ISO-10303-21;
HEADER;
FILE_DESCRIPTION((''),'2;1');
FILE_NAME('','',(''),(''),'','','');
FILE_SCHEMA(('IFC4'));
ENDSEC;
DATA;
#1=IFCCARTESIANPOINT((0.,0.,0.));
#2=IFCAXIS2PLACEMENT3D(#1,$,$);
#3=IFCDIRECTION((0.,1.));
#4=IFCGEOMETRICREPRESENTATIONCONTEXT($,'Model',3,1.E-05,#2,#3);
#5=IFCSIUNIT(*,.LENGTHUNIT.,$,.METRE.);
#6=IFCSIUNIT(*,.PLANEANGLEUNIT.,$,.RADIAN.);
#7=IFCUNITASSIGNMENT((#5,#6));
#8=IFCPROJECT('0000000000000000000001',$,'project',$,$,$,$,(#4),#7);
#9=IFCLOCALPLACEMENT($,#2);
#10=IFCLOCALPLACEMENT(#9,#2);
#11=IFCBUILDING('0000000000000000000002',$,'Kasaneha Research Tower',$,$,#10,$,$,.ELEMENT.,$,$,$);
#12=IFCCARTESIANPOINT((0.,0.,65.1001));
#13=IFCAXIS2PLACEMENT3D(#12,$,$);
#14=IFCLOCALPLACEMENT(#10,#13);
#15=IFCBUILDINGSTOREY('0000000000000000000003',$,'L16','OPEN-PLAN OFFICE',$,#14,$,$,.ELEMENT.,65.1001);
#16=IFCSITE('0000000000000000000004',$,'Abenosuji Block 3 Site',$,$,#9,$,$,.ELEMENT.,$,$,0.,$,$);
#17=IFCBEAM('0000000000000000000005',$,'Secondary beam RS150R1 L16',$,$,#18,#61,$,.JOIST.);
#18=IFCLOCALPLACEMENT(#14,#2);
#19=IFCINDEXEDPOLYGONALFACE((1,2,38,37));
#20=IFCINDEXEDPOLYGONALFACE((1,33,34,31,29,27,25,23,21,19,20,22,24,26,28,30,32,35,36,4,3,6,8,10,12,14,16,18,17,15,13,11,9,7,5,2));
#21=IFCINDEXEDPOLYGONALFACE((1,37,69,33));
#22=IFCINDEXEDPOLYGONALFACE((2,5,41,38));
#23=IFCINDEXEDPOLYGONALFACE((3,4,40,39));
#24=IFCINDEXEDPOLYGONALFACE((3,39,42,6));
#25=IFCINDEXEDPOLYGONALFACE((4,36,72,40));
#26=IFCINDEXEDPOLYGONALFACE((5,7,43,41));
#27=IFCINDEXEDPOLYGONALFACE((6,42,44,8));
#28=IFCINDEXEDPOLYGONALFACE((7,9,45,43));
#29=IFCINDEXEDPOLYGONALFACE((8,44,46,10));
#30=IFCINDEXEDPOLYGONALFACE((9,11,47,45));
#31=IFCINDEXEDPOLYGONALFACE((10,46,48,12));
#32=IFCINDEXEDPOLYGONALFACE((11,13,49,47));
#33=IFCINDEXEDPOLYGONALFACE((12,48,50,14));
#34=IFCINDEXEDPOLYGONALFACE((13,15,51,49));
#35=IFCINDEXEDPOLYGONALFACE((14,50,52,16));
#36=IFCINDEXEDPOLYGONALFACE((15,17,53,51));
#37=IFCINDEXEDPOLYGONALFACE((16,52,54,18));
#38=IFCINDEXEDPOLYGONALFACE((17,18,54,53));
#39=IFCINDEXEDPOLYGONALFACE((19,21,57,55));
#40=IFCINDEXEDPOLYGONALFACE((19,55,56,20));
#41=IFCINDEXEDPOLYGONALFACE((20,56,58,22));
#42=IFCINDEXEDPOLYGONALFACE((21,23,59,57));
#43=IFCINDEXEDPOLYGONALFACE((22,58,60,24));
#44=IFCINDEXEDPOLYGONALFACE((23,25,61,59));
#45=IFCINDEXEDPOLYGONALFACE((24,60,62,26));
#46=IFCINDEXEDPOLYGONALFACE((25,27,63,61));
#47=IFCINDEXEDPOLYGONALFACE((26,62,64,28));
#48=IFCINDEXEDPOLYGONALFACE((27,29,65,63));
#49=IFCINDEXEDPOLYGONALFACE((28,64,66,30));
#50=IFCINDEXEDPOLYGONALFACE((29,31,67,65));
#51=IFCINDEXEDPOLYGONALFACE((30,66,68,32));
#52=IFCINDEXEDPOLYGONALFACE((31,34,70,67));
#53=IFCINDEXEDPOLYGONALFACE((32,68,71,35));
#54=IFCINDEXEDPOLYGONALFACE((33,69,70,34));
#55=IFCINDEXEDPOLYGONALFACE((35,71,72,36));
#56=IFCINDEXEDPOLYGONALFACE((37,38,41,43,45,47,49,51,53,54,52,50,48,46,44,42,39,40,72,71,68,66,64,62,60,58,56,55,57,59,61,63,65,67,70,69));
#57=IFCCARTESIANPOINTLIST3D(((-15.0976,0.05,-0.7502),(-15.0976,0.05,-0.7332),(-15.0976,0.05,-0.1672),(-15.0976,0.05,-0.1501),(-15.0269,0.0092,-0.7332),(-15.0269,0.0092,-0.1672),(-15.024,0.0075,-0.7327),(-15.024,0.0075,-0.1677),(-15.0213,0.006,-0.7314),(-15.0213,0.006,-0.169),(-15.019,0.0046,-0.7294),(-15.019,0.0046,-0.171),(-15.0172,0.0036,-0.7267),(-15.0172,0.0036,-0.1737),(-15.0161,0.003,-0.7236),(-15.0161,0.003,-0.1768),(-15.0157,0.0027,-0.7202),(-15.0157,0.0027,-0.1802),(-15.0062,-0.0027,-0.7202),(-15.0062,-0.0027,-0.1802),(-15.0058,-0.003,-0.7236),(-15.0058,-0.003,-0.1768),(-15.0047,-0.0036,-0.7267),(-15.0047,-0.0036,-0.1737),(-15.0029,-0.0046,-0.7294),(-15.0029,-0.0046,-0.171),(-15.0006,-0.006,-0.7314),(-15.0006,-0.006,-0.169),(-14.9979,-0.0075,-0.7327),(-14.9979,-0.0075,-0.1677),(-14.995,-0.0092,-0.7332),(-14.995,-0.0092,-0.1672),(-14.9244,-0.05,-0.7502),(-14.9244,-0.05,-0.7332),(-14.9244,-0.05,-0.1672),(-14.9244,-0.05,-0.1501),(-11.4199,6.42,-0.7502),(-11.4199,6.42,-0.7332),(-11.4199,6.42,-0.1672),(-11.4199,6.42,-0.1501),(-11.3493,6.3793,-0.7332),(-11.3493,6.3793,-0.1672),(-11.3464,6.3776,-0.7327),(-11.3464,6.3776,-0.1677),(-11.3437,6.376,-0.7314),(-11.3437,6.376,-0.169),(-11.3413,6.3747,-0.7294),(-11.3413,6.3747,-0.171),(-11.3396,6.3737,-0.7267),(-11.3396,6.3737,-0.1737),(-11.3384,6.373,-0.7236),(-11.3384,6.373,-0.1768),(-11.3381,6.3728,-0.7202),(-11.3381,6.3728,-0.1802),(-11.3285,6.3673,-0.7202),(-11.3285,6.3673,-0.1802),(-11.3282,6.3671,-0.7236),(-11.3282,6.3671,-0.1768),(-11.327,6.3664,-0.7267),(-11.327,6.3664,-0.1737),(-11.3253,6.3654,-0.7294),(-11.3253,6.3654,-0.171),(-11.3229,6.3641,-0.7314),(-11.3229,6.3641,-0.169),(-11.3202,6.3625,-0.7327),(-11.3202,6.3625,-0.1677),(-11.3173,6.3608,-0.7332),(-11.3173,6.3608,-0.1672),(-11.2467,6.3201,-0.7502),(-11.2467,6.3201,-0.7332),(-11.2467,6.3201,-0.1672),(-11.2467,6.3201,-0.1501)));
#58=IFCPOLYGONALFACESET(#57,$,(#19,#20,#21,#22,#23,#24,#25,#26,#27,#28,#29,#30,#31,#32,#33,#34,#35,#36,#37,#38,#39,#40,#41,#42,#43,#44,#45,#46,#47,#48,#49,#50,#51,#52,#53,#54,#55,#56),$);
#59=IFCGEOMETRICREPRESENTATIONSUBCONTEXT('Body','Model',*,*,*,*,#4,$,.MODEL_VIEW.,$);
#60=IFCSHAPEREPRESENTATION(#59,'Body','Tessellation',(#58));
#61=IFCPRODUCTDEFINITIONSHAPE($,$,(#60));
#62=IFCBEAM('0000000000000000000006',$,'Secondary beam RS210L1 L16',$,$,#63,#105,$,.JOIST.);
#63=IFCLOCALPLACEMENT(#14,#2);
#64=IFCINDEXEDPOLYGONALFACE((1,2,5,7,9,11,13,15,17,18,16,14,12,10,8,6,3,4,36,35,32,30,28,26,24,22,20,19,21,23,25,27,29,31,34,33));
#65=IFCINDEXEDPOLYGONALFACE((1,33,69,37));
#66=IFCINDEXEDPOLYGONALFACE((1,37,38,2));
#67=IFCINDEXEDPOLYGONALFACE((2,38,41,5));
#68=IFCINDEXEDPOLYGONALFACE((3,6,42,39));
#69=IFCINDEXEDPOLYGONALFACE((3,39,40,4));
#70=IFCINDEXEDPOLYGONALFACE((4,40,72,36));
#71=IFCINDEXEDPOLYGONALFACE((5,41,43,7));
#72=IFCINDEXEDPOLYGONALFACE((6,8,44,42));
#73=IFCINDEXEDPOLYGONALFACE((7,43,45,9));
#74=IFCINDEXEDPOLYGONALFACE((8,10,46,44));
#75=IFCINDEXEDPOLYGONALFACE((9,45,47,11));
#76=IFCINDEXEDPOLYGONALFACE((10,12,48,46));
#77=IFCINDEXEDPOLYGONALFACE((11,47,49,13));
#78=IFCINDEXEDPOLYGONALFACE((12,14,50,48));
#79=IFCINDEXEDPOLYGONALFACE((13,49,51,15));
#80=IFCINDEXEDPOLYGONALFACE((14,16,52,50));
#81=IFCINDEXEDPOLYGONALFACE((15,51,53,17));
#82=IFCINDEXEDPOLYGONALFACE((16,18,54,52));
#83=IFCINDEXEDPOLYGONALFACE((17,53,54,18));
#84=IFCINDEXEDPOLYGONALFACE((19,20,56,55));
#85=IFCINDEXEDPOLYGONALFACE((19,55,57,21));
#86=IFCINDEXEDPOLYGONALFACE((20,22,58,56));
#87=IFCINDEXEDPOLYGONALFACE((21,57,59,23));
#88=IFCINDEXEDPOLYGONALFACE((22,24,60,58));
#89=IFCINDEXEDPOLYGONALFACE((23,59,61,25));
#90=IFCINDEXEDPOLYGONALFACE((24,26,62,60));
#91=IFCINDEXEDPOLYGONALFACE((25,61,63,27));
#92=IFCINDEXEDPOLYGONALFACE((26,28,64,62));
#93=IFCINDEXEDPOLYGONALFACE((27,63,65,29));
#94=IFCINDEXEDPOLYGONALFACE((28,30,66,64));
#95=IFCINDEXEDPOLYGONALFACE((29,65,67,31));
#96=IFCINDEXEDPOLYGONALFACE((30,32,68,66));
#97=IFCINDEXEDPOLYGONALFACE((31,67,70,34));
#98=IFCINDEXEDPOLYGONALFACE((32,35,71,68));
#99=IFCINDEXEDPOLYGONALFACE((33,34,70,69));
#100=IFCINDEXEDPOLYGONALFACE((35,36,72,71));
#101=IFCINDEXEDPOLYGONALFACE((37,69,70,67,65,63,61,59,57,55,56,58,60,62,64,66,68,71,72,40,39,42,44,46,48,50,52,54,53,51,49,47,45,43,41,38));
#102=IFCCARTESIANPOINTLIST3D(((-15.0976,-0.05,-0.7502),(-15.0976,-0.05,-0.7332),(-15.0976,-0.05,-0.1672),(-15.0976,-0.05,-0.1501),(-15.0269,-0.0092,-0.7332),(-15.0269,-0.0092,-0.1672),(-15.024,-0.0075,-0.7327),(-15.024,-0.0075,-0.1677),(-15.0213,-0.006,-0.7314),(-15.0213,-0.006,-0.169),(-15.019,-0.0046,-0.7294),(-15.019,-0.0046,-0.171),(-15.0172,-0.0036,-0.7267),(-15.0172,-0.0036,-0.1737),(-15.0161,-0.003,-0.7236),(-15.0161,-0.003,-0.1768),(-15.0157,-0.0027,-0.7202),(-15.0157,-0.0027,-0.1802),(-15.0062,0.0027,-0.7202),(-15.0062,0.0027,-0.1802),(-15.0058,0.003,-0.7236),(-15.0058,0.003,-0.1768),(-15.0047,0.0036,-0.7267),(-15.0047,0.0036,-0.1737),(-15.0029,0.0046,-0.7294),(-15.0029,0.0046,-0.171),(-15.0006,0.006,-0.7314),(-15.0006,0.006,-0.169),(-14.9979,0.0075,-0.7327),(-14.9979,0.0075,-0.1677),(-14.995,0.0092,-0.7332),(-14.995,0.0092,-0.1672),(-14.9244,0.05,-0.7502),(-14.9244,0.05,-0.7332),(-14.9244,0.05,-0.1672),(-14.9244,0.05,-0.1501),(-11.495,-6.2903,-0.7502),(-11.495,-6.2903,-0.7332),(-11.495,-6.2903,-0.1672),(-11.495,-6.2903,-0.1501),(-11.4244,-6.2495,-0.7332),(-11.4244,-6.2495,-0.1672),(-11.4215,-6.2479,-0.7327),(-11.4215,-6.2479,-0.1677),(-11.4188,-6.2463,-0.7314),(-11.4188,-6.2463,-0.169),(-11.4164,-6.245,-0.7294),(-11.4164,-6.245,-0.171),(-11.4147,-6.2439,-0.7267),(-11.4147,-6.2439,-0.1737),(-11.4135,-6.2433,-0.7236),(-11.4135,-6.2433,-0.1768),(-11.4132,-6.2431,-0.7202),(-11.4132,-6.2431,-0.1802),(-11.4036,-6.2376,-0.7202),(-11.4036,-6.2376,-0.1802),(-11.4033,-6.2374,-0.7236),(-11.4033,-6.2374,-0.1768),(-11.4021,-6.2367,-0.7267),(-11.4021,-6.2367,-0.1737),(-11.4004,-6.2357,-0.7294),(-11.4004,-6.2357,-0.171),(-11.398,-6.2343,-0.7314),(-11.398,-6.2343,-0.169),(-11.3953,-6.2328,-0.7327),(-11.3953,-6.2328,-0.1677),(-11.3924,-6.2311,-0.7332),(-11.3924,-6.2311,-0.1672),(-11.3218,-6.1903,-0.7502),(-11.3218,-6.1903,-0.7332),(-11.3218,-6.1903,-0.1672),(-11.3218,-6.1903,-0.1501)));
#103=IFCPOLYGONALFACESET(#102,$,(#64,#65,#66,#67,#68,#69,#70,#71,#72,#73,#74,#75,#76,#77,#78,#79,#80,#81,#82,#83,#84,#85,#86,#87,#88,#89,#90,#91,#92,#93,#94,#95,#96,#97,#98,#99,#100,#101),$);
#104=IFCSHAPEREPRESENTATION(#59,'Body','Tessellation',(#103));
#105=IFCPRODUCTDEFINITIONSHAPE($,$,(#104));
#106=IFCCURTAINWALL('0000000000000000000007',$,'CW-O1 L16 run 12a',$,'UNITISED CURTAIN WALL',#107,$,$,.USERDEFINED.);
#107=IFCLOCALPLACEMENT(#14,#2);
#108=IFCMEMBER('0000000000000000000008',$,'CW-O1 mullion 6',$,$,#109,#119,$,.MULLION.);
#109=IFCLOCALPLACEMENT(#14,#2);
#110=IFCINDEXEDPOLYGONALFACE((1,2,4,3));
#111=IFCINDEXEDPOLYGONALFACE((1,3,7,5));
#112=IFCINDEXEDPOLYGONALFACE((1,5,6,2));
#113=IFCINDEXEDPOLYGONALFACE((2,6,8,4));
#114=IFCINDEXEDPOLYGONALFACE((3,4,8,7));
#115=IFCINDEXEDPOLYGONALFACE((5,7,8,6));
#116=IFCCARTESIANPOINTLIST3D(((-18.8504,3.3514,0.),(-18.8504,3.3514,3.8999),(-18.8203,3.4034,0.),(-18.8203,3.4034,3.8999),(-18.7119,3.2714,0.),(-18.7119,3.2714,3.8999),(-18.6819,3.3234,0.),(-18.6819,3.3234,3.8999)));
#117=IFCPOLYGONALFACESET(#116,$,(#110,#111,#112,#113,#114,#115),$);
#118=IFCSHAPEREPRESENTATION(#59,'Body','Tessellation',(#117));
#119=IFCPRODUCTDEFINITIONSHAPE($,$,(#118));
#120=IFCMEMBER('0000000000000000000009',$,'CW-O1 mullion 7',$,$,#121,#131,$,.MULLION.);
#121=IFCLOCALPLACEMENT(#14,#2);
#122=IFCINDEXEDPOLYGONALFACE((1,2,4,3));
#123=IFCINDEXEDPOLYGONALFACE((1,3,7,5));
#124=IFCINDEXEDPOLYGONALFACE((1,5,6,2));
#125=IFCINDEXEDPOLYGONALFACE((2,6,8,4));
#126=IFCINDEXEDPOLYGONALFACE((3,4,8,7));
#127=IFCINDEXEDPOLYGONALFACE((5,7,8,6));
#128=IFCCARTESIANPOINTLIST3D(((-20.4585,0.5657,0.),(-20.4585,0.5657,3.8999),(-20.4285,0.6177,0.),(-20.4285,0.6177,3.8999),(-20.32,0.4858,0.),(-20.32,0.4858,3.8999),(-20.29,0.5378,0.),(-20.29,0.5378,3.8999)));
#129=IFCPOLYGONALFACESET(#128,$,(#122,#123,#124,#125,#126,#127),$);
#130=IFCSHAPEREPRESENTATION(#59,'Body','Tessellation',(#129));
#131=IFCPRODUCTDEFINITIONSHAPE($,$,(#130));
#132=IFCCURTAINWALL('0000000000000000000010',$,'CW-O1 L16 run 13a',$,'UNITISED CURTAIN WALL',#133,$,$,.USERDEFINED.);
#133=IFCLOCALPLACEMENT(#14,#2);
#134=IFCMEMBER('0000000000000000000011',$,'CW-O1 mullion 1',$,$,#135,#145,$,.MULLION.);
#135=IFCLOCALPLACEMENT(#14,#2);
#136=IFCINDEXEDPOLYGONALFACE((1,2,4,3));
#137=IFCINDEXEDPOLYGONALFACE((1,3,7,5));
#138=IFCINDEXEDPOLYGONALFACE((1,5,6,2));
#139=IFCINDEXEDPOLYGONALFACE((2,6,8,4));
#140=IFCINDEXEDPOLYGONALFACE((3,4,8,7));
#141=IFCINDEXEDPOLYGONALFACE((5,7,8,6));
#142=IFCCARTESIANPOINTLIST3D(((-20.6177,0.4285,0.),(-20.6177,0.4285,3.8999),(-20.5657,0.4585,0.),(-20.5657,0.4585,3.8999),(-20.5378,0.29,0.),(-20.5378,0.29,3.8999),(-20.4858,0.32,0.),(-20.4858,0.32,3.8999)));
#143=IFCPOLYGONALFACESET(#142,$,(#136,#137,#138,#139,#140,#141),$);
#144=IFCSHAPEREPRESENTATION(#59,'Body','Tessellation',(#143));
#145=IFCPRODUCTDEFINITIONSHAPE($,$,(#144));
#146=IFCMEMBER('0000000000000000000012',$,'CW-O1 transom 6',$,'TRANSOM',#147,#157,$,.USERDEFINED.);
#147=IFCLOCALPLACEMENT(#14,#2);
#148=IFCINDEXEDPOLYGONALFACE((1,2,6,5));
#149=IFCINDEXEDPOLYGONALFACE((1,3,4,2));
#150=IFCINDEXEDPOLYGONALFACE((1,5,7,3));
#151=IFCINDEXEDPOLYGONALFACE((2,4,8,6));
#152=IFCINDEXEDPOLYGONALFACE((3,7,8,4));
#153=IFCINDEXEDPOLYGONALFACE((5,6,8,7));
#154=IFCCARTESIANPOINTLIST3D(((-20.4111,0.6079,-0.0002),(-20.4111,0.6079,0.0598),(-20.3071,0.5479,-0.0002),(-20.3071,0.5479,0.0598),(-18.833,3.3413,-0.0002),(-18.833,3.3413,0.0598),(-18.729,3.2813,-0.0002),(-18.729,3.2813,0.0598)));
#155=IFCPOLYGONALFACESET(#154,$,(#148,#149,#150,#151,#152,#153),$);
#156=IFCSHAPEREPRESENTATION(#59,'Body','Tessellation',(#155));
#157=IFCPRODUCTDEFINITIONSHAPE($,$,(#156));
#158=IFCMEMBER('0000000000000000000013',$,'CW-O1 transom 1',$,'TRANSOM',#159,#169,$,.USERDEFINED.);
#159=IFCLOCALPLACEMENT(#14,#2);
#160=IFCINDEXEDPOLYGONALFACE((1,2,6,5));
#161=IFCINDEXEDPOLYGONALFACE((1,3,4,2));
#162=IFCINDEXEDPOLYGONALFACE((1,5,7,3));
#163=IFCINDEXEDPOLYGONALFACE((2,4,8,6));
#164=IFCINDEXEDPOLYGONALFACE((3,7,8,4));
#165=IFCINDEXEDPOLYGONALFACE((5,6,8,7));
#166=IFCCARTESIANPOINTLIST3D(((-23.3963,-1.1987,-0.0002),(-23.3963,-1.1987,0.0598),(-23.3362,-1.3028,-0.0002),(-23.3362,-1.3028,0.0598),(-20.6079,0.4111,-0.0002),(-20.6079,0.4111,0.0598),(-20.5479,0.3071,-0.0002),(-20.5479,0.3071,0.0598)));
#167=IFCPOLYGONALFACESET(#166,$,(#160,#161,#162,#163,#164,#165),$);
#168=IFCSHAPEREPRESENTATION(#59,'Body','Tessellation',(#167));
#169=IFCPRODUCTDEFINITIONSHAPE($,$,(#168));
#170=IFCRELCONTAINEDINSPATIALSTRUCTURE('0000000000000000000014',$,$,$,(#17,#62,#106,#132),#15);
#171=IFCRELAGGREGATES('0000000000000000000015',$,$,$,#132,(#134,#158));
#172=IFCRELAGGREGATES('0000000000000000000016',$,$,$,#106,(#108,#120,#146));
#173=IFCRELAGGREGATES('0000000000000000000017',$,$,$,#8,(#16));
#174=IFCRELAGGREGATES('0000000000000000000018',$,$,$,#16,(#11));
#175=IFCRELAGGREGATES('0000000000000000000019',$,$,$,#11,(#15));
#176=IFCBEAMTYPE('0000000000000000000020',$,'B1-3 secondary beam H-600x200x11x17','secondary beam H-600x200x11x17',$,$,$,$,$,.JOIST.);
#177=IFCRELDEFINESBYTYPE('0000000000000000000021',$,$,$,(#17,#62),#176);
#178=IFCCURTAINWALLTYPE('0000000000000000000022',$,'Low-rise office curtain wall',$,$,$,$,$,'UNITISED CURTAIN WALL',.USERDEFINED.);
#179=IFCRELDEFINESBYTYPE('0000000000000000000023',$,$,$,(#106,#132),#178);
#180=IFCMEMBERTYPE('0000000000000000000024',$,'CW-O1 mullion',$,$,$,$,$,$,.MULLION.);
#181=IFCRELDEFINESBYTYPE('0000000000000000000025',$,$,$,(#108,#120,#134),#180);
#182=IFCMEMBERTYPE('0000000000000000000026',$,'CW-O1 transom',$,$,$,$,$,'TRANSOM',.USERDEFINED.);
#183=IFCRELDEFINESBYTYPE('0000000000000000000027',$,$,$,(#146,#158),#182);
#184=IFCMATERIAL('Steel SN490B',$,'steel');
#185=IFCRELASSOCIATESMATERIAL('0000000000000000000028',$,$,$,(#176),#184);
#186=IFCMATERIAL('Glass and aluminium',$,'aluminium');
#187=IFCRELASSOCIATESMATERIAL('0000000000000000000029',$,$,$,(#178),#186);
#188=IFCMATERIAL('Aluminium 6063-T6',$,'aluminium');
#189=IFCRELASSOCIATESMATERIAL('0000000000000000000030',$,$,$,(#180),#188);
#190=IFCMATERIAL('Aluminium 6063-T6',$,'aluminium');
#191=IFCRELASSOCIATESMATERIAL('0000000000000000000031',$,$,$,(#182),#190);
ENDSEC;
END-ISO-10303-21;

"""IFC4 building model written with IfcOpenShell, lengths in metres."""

from ifc_helpers import new_model, si_unit, direction, frame, origin, origin_2d, place, context, subcontext, project, spatial, rectangle, i_section, extrude, material, material_profile, profile_set, type_object, element, aggregate, save


model = new_model("IFC4")

# Units and contexts
model_context = context("Model", 3, precision=1e-05, world=origin(), true_north=direction((0.0, 1.0)))
body_context = subcontext(model_context, "Body", "Model", "MODEL_VIEW")
ifc_project = project(units=[si_unit("LENGTHUNIT", "METRE"), si_unit("PLANEANGLEUNIT", "RADIAN")], contexts=[model_context])

# Site, building, storey
site_placement = place(None, origin())
site = spatial("IfcSite", under=ifc_project, at=site_placement, Name="Abenosuji Block 3 Site", CompositionType="ELEMENT", RefElevation=0.0)
building_placement = place(site_placement, origin())
building = spatial("IfcBuilding", under=site, at=building_placement, Name="Kasaneha Research Tower", CompositionType="ELEMENT")
storey_placement = place(building_placement, frame((0.0, 0.0, 65.1001)))
storey = spatial("IfcBuildingStorey", under=building, at=storey_placement, Name="L16", Description="OPEN-PLAN OFFICE", CompositionType="ELEMENT", Elevation=65.1001)

# Beams
ifc_material_1 = material(Name="Steel SN490B", Category="steel")
ifc_material_profile_1 = material_profile(ifc_material_1, i_section(OverallWidth=0.2, OverallDepth=0.6001, WebThickness=0.011, FlangeThickness=0.0171, FilletRadius=0.0129, at=origin_2d()), Name="H-600x200x11x17")
ifc_profile_set_1 = profile_set([ifc_material_profile_1], Name="Steel SN490B")
beam_type_1 = type_object("IfcBeamType", Name="B1-3 secondary beam H-600x200x11x17", Description="secondary beam H-600x200x11x17", PredefinedType="JOIST", material=ifc_profile_set_1)
beam_1_placement = place(storey_placement, frame((-15.011, 0.0, -0.4502), z_axis=(0.499994, 0.866029, 0.0), x_axis=(-0.866029, 0.499994, 0.0)))
element("IfcBeam", 1, at=beam_1_placement, inside=storey, type_object=beam_type_1, Name="Secondary beam RS150R1 L16", PredefinedType="JOIST", context=body_context, shape_type="SweptSolid", body=[
    extrude(i_section(OverallWidth=0.2, OverallDepth=0.6001, WebThickness=0.011, FlangeThickness=0.0171, FilletRadius=0.0129, at=origin_2d()), origin(), (0.0, 0.0, 1.0), 7.3555),
])
beam_2_placement = place(storey_placement, frame((-15.011, 0.0, -0.4502), z_axis=(0.499973, -0.866041, 0.0), x_axis=(0.866041, 0.499973, 0.0)))
element("IfcBeam", 2, at=beam_2_placement, inside=storey, type_object=beam_type_1, Name="Secondary beam RS210L1 L16", PredefinedType="JOIST", context=body_context, shape_type="SweptSolid", body=[
    extrude(i_section(OverallWidth=0.2, OverallDepth=0.6001, WebThickness=0.011, FlangeThickness=0.0171, FilletRadius=0.0129, at=origin_2d()), origin(), (0.0, 0.0, 1.0), 7.2056),
])

# Curtain wall, members
ifc_material_2 = material(Name="Glass and aluminium", Category="aluminium")
curtain_wall_type = type_object("IfcCurtainWallType", Name="Low-rise office curtain wall", ElementType="UNITISED CURTAIN WALL", PredefinedType="USERDEFINED", material=ifc_material_2)
curtain_wall_1_placement = place(storey_placement, origin())
curtain_wall_1 = element("IfcCurtainWall", 3, at=curtain_wall_1_placement, inside=storey, type_object=curtain_wall_type, Name="CW-O1 L16 run 12a", ObjectType="UNITISED CURTAIN WALL", PredefinedType="USERDEFINED")
ifc_material_3 = material(Name="Aluminium 6063-T6", Category="aluminium")
ifc_material_profile_2 = material_profile(ifc_material_3, rectangle(XDim=0.0601, YDim=0.1599, at=origin_2d()), Name="CW-O1 mullion 60x160")
ifc_profile_set_2 = profile_set([ifc_material_profile_2], Name="Aluminium 6063-T6")
member_type_1 = type_object("IfcMemberType", Name="CW-O1 mullion", PredefinedType="MULLION", material=ifc_profile_set_2)
member_1_placement = place(storey_placement, frame((-18.7661, 3.3374, 0.0), z_axis=(0.0, 0.0, 1.0), x_axis=(-0.5, -0.866025, 0.0)))
member_1 = element("IfcMember", 4, at=member_1_placement, type_object=member_type_1, Name="CW-O1 mullion 6", PredefinedType="MULLION", context=body_context, shape_type="SweptSolid", body=[
    extrude(rectangle(XDim=0.0601, YDim=0.1599, at=origin_2d()), origin(), (0.0, 0.0, 1.0), 3.8999),
])
member_2_placement = place(storey_placement, frame((-20.3743, 0.5518, 0.0), z_axis=(0.0, 0.0, 1.0), x_axis=(-0.5, -0.866025, 0.0)))
member_2 = element("IfcMember", 5, at=member_2_placement, type_object=member_type_1, Name="CW-O1 mullion 7", PredefinedType="MULLION", context=body_context, shape_type="SweptSolid", body=[
    extrude(rectangle(XDim=0.0601, YDim=0.1599, at=origin_2d()), origin(), (0.0, 0.0, 1.0), 3.8999),
])

# Curtain wall, member
curtain_wall_2_placement = place(storey_placement, origin())
curtain_wall_2 = element("IfcCurtainWall", 6, at=curtain_wall_2_placement, inside=storey, type_object=curtain_wall_type, Name="CW-O1 L16 run 13a", ObjectType="UNITISED CURTAIN WALL", PredefinedType="USERDEFINED")
member_3_placement = place(storey_placement, frame((-20.5518, 0.3743, 0.0), z_axis=(0.0, 0.0, 1.0), x_axis=(-0.866025, -0.5, 0.0)))
member_3 = element("IfcMember", 7, at=member_3_placement, type_object=member_type_1, Name="CW-O1 mullion 1", PredefinedType="MULLION", context=body_context, shape_type="SweptSolid", body=[
    extrude(rectangle(XDim=0.0601, YDim=0.1599, at=origin_2d()), origin(), (0.0, 0.0, 1.0), 3.8999),
])

# Members
ifc_material_4 = material(Name="Aluminium 6063-T6", Category="aluminium")
ifc_material_profile_3 = material_profile(ifc_material_4, rectangle(XDim=0.1201, YDim=0.0601, at=origin_2d()), Name="CW-O1 transom 120x60")
ifc_profile_set_3 = profile_set([ifc_material_profile_3], Name="Aluminium 6063-T6")
member_type_2 = type_object("IfcMemberType", Name="CW-O1 transom", ElementType="TRANSOM", PredefinedType="USERDEFINED", material=ifc_profile_set_3)
member_4_placement = place(storey_placement, frame((-18.781, 3.3113, 0.0298), z_axis=(-0.499999, -0.866026, 0.0), x_axis=(0.866026, -0.499999, 0.0)))
member_4 = element("IfcMember", 8, at=member_4_placement, type_object=member_type_2, Name="CW-O1 transom 6", ObjectType="TRANSOM", PredefinedType="USERDEFINED", context=body_context, shape_type="SweptSolid", body=[
    extrude(rectangle(XDim=0.1201, YDim=0.0601, at=origin_2d()), origin(), (0.0, 0.0, 1.0), 3.1562),
])
member_5_placement = place(storey_placement, frame((-20.5779, 0.3591, 0.0298), z_axis=(-0.866023, -0.500005, 0.0), x_axis=(0.500005, -0.866023, 0.0)))
member_5 = element("IfcMember", 9, at=member_5_placement, type_object=member_type_2, Name="CW-O1 transom 1", ObjectType="TRANSOM", PredefinedType="USERDEFINED", context=body_context, shape_type="SweptSolid", body=[
    extrude(rectangle(XDim=0.1201, YDim=0.0601, at=origin_2d()), origin(), (0.0, 0.0, 1.0), 3.2197),
])
aggregate(curtain_wall_2, [member_3, member_5])

aggregate(curtain_wall_1, [member_1, member_2, member_4])

save(model, "model.ifc")
